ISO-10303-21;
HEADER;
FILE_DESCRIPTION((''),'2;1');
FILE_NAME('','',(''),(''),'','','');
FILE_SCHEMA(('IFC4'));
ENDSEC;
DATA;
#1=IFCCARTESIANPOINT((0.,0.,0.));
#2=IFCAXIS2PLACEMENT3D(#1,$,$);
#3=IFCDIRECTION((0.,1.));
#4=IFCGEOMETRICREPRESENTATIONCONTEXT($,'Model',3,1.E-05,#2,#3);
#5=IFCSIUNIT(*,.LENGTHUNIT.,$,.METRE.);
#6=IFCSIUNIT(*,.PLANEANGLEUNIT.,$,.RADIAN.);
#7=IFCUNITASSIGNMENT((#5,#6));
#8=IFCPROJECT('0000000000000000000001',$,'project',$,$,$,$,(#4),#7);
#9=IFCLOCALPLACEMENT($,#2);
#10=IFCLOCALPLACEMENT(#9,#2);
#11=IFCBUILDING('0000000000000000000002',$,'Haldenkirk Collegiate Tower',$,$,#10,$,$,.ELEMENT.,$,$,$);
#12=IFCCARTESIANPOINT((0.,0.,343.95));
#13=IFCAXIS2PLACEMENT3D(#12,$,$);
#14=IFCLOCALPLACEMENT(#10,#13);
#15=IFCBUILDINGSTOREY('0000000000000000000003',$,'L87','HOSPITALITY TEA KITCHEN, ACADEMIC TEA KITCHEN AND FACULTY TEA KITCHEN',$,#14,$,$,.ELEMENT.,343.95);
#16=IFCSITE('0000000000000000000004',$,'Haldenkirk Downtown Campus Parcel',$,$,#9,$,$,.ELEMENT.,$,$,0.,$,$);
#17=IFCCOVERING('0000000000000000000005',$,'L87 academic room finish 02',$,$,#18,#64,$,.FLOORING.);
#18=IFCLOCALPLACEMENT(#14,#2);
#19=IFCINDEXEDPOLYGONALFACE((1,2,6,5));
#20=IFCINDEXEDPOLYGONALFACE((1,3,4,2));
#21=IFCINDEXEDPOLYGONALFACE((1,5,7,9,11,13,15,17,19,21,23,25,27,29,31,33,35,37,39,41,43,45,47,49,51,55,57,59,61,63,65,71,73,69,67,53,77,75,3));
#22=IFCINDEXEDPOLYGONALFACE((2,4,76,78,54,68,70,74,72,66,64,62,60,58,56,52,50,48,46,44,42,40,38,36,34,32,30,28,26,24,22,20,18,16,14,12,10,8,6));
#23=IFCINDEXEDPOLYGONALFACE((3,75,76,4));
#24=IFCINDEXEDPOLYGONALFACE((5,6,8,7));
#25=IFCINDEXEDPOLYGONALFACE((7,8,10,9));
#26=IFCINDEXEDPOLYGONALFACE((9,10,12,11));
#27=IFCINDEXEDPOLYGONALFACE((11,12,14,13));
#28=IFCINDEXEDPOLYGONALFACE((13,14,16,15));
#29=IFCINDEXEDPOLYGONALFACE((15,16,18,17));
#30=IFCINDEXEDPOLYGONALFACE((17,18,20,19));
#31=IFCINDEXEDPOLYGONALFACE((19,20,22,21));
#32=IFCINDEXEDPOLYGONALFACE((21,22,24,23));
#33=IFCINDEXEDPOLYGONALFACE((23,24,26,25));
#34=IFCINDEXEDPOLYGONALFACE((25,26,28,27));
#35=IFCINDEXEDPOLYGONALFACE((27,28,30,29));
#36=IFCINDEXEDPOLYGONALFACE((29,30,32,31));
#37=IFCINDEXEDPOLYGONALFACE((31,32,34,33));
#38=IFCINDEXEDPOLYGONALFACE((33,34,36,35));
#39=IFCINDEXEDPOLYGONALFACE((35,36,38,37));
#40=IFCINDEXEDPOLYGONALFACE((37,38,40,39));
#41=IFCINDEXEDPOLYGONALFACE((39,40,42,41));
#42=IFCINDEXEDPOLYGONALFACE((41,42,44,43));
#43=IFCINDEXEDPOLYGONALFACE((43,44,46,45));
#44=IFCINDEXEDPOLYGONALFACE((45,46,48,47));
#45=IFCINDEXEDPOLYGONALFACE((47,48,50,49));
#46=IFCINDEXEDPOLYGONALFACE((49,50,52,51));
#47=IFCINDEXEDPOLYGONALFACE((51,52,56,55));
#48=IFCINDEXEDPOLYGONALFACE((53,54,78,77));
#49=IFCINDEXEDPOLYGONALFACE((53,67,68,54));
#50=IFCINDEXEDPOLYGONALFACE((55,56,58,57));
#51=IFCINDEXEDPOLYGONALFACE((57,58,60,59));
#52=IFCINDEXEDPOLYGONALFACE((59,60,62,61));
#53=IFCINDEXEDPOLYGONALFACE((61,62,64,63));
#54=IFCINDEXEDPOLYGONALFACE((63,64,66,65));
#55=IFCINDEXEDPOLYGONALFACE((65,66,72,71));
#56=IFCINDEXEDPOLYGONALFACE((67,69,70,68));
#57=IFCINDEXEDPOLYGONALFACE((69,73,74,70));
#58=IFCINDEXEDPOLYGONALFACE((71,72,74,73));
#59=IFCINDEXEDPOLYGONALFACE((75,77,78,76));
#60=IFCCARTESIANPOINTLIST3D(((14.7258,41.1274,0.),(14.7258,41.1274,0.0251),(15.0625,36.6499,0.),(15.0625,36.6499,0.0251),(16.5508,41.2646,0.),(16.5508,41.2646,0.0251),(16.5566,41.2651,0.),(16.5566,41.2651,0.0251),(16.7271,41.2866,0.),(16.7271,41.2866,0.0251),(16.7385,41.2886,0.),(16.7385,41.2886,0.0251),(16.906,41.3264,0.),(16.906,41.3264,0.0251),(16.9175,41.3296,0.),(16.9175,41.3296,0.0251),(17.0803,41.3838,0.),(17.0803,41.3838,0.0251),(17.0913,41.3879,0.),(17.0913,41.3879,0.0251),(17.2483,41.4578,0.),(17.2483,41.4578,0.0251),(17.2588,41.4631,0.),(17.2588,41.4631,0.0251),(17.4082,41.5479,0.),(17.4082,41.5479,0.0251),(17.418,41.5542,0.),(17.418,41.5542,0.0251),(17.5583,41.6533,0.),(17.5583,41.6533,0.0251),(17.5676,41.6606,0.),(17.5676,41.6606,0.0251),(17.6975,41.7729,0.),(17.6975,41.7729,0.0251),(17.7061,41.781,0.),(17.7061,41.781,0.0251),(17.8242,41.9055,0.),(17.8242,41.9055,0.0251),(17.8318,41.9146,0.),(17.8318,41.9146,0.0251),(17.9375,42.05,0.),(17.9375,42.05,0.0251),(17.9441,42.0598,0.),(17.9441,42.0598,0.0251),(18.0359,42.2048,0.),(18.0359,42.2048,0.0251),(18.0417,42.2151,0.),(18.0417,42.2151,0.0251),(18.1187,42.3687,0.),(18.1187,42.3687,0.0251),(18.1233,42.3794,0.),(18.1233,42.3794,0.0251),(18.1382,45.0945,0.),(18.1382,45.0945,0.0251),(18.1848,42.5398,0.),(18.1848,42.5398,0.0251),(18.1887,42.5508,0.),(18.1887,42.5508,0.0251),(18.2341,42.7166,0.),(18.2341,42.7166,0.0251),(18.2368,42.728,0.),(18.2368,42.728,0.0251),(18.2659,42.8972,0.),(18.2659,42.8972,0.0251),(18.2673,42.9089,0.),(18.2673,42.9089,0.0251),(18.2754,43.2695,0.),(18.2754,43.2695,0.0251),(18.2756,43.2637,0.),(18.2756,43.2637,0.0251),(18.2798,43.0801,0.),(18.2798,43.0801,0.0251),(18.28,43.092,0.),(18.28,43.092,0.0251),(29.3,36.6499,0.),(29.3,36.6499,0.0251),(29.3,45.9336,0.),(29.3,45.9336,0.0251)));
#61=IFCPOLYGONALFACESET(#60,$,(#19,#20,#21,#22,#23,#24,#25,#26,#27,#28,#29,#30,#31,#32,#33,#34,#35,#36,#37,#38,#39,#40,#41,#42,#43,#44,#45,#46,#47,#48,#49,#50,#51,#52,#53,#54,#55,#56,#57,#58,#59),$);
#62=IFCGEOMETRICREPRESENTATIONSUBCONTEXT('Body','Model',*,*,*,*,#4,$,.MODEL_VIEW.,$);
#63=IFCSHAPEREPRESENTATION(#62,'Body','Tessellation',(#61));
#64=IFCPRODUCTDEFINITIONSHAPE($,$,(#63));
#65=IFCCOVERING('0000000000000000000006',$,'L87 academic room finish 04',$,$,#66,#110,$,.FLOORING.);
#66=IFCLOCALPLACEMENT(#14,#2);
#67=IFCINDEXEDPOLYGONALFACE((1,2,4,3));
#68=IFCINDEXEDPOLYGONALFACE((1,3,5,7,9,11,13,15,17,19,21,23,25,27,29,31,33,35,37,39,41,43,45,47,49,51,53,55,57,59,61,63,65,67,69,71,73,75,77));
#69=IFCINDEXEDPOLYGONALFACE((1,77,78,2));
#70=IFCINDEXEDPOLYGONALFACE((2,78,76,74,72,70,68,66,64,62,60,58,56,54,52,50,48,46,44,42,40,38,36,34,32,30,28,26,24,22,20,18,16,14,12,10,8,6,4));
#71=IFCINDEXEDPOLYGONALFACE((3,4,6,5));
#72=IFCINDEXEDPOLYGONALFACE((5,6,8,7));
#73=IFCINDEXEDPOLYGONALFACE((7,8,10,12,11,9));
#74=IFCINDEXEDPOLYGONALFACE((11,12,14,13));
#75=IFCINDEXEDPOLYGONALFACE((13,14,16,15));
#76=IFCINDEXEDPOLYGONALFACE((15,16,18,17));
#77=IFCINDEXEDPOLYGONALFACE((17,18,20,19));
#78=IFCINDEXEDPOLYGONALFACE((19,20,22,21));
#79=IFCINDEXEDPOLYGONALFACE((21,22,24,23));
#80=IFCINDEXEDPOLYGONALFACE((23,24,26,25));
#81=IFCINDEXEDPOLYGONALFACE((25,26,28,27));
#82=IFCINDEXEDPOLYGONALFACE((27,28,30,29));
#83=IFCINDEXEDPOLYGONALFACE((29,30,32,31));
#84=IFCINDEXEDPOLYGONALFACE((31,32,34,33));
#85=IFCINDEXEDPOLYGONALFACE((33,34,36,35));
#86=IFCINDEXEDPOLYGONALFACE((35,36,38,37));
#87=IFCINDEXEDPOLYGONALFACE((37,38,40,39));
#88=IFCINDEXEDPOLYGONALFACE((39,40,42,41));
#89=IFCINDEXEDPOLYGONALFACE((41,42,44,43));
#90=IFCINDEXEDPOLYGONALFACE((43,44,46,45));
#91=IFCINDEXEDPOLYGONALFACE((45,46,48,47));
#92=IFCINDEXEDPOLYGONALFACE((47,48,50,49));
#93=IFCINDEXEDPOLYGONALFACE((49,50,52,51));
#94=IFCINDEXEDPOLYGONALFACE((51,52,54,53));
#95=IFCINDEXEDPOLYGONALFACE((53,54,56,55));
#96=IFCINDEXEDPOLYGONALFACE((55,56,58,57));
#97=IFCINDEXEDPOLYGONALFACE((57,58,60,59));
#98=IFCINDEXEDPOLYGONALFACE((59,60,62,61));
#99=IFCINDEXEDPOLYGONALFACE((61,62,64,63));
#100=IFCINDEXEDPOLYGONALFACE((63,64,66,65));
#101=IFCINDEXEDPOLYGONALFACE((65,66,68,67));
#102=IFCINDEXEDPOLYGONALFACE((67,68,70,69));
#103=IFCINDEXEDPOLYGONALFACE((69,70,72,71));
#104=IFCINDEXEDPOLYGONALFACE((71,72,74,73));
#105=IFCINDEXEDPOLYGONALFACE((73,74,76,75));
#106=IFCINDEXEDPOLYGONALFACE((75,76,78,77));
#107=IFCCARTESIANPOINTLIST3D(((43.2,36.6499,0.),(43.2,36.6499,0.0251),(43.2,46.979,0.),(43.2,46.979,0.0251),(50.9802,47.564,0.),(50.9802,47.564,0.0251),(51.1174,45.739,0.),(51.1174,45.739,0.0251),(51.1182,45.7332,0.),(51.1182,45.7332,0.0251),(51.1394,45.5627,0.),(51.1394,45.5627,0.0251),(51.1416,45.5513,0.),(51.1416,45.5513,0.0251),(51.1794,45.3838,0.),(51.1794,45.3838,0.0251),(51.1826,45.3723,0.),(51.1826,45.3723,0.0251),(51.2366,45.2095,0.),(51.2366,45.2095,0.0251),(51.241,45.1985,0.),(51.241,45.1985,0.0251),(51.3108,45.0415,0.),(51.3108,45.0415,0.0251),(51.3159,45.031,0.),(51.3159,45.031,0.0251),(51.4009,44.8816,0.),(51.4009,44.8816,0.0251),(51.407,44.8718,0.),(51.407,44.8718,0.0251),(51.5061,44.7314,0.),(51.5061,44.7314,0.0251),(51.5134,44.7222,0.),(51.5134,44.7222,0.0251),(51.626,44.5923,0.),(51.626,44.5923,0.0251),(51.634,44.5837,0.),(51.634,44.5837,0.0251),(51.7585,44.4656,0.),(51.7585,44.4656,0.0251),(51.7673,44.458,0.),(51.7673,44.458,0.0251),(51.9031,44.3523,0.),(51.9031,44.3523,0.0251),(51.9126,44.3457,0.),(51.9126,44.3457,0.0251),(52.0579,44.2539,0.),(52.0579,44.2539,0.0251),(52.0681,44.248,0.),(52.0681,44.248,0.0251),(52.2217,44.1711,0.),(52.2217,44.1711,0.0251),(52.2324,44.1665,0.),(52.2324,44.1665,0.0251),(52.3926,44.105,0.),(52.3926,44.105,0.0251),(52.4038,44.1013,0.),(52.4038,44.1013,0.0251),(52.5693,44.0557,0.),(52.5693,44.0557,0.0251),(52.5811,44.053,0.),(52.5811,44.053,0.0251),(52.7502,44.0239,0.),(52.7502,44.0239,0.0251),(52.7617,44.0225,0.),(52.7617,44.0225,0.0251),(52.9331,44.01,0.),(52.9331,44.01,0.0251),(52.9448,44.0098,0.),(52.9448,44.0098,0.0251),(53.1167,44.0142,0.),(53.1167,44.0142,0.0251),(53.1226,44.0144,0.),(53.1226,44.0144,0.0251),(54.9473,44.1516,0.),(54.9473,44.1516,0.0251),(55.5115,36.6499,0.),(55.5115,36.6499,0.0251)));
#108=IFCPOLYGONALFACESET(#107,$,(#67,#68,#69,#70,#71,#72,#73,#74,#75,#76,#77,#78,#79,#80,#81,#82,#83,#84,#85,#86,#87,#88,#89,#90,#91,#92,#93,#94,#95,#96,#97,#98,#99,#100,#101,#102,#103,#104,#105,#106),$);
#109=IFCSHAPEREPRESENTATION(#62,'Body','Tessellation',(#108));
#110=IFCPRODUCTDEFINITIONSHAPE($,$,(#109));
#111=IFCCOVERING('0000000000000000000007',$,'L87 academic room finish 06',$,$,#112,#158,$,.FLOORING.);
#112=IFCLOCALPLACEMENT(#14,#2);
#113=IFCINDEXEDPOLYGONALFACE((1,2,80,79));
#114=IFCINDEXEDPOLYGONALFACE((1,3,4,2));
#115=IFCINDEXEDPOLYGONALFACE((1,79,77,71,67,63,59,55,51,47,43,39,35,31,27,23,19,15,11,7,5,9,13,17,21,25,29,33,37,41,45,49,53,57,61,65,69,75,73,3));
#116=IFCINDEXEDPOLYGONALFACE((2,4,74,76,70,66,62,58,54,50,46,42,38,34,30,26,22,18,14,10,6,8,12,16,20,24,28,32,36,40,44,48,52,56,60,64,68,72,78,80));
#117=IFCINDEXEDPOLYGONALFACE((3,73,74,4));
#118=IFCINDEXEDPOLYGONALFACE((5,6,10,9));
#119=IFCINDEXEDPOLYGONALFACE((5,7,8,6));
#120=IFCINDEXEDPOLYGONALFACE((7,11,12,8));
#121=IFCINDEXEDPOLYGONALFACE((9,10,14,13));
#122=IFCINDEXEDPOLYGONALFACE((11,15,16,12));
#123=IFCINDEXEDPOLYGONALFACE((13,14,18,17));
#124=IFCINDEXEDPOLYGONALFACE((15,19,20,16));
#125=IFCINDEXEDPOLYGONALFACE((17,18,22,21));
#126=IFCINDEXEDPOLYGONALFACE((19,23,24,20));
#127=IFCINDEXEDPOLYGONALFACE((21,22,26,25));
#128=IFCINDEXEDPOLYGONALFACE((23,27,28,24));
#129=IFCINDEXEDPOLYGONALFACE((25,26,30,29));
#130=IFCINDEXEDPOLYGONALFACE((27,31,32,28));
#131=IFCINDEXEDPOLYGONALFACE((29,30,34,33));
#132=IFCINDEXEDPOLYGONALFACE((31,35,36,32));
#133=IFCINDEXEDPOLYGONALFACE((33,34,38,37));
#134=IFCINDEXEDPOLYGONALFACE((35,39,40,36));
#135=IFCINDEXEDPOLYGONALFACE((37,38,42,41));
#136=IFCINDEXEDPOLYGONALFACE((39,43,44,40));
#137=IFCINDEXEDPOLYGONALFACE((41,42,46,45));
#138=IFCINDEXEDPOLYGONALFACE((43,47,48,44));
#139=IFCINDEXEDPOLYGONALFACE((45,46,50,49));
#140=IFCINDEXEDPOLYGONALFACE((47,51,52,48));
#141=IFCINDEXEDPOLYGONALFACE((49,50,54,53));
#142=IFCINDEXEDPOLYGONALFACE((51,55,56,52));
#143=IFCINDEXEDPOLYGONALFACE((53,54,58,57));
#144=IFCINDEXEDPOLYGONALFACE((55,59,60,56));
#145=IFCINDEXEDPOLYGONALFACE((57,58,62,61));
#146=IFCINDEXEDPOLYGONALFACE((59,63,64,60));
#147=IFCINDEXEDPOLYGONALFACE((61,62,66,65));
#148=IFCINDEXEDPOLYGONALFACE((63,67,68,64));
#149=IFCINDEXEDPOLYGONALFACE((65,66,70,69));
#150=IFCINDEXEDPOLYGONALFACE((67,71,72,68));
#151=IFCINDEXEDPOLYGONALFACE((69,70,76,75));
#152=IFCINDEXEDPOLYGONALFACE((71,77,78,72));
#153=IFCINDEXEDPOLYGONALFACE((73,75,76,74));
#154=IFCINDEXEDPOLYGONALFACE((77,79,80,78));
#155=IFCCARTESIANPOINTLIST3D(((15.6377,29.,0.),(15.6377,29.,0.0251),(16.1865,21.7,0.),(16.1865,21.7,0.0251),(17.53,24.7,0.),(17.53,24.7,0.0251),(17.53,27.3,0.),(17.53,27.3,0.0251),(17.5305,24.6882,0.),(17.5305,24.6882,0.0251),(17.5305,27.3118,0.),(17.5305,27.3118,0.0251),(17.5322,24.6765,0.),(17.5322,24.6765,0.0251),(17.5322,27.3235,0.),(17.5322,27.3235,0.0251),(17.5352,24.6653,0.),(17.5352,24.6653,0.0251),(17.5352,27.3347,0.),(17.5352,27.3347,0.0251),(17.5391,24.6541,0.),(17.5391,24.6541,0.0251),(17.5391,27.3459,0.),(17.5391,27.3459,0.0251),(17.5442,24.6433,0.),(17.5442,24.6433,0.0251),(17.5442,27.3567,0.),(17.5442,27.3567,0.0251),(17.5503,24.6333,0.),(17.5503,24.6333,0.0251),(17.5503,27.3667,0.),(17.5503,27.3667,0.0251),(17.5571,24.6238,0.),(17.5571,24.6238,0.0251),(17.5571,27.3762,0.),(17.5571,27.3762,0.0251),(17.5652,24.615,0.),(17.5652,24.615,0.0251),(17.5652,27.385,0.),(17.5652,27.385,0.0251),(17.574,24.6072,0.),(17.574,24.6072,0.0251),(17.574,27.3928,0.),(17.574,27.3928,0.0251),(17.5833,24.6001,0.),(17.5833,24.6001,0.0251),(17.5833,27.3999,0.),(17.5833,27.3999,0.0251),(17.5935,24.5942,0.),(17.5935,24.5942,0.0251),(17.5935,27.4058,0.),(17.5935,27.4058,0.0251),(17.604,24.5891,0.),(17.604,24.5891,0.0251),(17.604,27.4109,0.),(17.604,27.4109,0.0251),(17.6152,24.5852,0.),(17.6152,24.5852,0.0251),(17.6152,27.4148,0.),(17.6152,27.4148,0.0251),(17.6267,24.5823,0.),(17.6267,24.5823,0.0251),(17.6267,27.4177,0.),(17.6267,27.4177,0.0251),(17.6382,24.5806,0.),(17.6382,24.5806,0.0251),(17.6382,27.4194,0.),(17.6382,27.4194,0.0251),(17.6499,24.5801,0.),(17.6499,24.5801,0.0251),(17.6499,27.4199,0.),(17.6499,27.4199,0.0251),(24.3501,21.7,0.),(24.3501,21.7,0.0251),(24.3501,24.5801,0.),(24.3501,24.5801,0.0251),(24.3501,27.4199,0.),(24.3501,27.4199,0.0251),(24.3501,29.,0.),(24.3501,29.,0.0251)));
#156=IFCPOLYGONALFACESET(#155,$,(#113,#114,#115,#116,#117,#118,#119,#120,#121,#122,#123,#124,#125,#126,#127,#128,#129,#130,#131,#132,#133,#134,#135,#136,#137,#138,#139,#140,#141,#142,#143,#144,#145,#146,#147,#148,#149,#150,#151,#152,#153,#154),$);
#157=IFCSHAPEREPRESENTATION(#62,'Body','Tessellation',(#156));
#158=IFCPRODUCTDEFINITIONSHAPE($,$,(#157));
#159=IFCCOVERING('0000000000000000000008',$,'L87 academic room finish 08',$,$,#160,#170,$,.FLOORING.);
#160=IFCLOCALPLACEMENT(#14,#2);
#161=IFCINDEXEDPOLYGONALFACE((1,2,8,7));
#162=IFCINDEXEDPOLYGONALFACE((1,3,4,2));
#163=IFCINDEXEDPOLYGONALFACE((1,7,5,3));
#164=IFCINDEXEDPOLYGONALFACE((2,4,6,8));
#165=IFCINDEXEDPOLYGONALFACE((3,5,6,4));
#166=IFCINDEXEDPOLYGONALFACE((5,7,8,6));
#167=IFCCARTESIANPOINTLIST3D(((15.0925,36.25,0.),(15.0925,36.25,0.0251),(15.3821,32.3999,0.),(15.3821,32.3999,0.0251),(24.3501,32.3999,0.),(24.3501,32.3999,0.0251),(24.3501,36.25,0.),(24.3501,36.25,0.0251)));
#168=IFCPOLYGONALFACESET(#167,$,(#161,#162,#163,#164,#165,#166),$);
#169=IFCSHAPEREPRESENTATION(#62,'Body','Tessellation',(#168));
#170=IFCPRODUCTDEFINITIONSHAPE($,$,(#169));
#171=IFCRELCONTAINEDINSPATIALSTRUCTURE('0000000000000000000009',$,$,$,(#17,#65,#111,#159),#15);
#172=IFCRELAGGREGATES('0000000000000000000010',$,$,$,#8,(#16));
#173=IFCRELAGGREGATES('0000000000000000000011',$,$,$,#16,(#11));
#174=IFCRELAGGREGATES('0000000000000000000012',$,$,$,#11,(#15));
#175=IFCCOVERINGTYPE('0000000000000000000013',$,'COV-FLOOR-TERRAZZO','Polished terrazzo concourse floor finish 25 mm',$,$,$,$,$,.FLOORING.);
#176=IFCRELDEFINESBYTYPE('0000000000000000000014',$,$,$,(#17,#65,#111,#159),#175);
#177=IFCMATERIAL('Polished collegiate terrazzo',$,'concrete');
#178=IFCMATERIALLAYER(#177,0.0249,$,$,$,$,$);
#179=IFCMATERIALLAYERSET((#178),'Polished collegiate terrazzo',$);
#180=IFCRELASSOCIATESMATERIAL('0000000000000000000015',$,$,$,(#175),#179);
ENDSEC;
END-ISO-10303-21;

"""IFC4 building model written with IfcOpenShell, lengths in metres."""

from ifc_helpers import new_model, si_unit, direction, frame, origin, place, context, subcontext, project, spatial, polyline, outline, extrude, material, layer, layer_set, type_object, element, save


model = new_model("IFC4")

# Units and contexts
model_context = context("Model", 3, precision=1e-05, world=origin(), true_north=direction((0.0, 1.0)))
body_context = subcontext(model_context, "Body", "Model", "MODEL_VIEW")
ifc_project = project(units=[si_unit("LENGTHUNIT", "METRE"), si_unit("PLANEANGLEUNIT", "RADIAN")], contexts=[model_context])

# Site, building, storey
site_placement = place(None, origin())
site = spatial("IfcSite", under=ifc_project, at=site_placement, Name="Haldenkirk Downtown Campus Parcel", CompositionType="ELEMENT", RefElevation=0.0)
building_placement = place(site_placement, origin())
building = spatial("IfcBuilding", under=site, at=building_placement, Name="Haldenkirk Collegiate Tower", CompositionType="ELEMENT")
storey_placement = place(building_placement, frame((0.0, 0.0, 343.95)))
storey = spatial("IfcBuildingStorey", under=building, at=storey_placement, Name="L87", Description="HOSPITALITY TEA KITCHEN, ACADEMIC TEA KITCHEN AND FACULTY TEA KITCHEN", CompositionType="ELEMENT", Elevation=343.95)

# Coverings
ifc_material_1 = material(Name="Polished collegiate terrazzo", Category="concrete")
ifc_layer_1 = layer(ifc_material_1, 0.0249)
ifc_layer_set_1 = layer_set([ifc_layer_1], Name="Polished collegiate terrazzo")
covering_type_1 = type_object("IfcCoveringType", Name="COV-FLOOR-TERRAZZO", Description="Polished terrazzo concourse floor finish 25 mm", PredefinedType="FLOORING", material=ifc_layer_set_1)
covering_1_placement = place(storey_placement, origin())
element("IfcCovering", 1, at=covering_1_placement, inside=storey, type_object=covering_type_1, Name="L87 academic room finish 02", PredefinedType="FLOORING", context=body_context, shape_type="SweptSolid", body=[
    extrude(outline(polyline([(16.5508, 41.2646), (16.5566, 41.2651), (16.7271, 41.2866), (16.7385, 41.2886), (16.906, 41.3264), (16.9175, 41.3296), (17.0803, 41.3838), (17.0913, 41.3879), (17.2483, 41.4578), (17.2588, 41.4631), (17.4082, 41.5479), (17.418, 41.5542), (17.5583, 41.6533), (17.5676, 41.6606), (17.6975, 41.7729), (17.7061, 41.781), (17.8242, 41.9055), (17.8318, 41.9146), (17.9375, 42.05), (17.9441, 42.0598), (18.0359, 42.2048), (18.0417, 42.2151), (18.1187, 42.3687), (18.1233, 42.3794), (18.1848, 42.5398), (18.1887, 42.5508), (18.2341, 42.7166), (18.2368, 42.728), (18.2659, 42.8972), (18.2673, 42.9089), (18.2798, 43.0801), (18.28, 43.092), (18.2756, 43.2637), (18.2754, 43.2695), (18.1382, 45.0945), (29.3, 45.9336), (29.3, 36.6499), (15.0625, 36.6499), (14.7258, 41.1274), (16.5508, 41.2646)])), origin(), (0.0, 0.0, 1.0), 0.0251),
])
covering_2_placement = place(storey_placement, origin())
element("IfcCovering", 2, at=covering_2_placement, inside=storey, type_object=covering_type_1, Name="L87 academic room finish 04", PredefinedType="FLOORING", context=body_context, shape_type="SweptSolid", body=[
    extrude(outline(polyline([(50.9802, 47.564), (51.1174, 45.739), (51.1182, 45.7332), (51.1394, 45.5627), (51.1416, 45.5513), (51.1794, 45.3838), (51.1826, 45.3723), (51.2366, 45.2095), (51.241, 45.1985), (51.3108, 45.0415), (51.3159, 45.031), (51.4009, 44.8816), (51.407, 44.8718), (51.5061, 44.7314), (51.5134, 44.7222), (51.626, 44.5923), (51.634, 44.5837), (51.7585, 44.4656), (51.7673, 44.458), (51.9031, 44.3523), (51.9126, 44.3457), (52.0579, 44.2539), (52.0681, 44.248), (52.2217, 44.1711), (52.2324, 44.1665), (52.3926, 44.105), (52.4038, 44.1013), (52.5693, 44.0557), (52.5811, 44.053), (52.7502, 44.0239), (52.7617, 44.0225), (52.9331, 44.01), (52.9448, 44.0098), (53.1167, 44.0142), (53.1226, 44.0144), (54.9473, 44.1516), (55.5115, 36.6499), (43.2, 36.6499), (43.2, 46.979), (50.9802, 47.564)])), origin(), (0.0, 0.0, 1.0), 0.0251),
])
covering_3_placement = place(storey_placement, origin())
element("IfcCovering", 3, at=covering_3_placement, inside=storey, type_object=covering_type_1, Name="L87 academic room finish 06", PredefinedType="FLOORING", context=body_context, shape_type="SweptSolid", body=[
    extrude(outline(polyline([(17.6499, 27.4199), (17.6382, 27.4194), (17.6267, 27.4177), (17.6152, 27.4148), (17.604, 27.4109), (17.5935, 27.4058), (17.5833, 27.3999), (17.574, 27.3928), (17.5652, 27.385), (17.5571, 27.3762), (17.5503, 27.3667), (17.5442, 27.3567), (17.5391, 27.3459), (17.5352, 27.3347), (17.5322, 27.3235), (17.5305, 27.3118), (17.53, 27.3), (17.53, 24.7), (17.5305, 24.6882), (17.5322, 24.6765), (17.5352, 24.6653), (17.5391, 24.6541), (17.5442, 24.6433), (17.5503, 24.6333), (17.5571, 24.6238), (17.5652, 24.615), (17.574, 24.6072), (17.5833, 24.6001), (17.5935, 24.5942), (17.604, 24.5891), (17.6152, 24.5852), (17.6267, 24.5823), (17.6382, 24.5806), (17.6499, 24.5801), (24.3501, 24.5801), (24.3501, 21.7), (16.1865, 21.7), (15.6377, 29.0), (24.3501, 29.0), (24.3501, 27.4199), (17.6499, 27.4199)])), origin(), (0.0, 0.0, 1.0), 0.0251),
])
covering_4_placement = place(storey_placement, origin())
element("IfcCovering", 4, at=covering_4_placement, inside=storey, type_object=covering_type_1, Name="L87 academic room finish 08", PredefinedType="FLOORING", context=body_context, shape_type="SweptSolid", body=[
    extrude(outline(polyline([(15.0925, 36.25), (24.3501, 36.25), (24.3501, 32.3999), (15.3821, 32.3999), (15.0925, 36.25)])), origin(), (0.0, 0.0, 1.0), 0.0251),
])

save(model, "model.ifc")
